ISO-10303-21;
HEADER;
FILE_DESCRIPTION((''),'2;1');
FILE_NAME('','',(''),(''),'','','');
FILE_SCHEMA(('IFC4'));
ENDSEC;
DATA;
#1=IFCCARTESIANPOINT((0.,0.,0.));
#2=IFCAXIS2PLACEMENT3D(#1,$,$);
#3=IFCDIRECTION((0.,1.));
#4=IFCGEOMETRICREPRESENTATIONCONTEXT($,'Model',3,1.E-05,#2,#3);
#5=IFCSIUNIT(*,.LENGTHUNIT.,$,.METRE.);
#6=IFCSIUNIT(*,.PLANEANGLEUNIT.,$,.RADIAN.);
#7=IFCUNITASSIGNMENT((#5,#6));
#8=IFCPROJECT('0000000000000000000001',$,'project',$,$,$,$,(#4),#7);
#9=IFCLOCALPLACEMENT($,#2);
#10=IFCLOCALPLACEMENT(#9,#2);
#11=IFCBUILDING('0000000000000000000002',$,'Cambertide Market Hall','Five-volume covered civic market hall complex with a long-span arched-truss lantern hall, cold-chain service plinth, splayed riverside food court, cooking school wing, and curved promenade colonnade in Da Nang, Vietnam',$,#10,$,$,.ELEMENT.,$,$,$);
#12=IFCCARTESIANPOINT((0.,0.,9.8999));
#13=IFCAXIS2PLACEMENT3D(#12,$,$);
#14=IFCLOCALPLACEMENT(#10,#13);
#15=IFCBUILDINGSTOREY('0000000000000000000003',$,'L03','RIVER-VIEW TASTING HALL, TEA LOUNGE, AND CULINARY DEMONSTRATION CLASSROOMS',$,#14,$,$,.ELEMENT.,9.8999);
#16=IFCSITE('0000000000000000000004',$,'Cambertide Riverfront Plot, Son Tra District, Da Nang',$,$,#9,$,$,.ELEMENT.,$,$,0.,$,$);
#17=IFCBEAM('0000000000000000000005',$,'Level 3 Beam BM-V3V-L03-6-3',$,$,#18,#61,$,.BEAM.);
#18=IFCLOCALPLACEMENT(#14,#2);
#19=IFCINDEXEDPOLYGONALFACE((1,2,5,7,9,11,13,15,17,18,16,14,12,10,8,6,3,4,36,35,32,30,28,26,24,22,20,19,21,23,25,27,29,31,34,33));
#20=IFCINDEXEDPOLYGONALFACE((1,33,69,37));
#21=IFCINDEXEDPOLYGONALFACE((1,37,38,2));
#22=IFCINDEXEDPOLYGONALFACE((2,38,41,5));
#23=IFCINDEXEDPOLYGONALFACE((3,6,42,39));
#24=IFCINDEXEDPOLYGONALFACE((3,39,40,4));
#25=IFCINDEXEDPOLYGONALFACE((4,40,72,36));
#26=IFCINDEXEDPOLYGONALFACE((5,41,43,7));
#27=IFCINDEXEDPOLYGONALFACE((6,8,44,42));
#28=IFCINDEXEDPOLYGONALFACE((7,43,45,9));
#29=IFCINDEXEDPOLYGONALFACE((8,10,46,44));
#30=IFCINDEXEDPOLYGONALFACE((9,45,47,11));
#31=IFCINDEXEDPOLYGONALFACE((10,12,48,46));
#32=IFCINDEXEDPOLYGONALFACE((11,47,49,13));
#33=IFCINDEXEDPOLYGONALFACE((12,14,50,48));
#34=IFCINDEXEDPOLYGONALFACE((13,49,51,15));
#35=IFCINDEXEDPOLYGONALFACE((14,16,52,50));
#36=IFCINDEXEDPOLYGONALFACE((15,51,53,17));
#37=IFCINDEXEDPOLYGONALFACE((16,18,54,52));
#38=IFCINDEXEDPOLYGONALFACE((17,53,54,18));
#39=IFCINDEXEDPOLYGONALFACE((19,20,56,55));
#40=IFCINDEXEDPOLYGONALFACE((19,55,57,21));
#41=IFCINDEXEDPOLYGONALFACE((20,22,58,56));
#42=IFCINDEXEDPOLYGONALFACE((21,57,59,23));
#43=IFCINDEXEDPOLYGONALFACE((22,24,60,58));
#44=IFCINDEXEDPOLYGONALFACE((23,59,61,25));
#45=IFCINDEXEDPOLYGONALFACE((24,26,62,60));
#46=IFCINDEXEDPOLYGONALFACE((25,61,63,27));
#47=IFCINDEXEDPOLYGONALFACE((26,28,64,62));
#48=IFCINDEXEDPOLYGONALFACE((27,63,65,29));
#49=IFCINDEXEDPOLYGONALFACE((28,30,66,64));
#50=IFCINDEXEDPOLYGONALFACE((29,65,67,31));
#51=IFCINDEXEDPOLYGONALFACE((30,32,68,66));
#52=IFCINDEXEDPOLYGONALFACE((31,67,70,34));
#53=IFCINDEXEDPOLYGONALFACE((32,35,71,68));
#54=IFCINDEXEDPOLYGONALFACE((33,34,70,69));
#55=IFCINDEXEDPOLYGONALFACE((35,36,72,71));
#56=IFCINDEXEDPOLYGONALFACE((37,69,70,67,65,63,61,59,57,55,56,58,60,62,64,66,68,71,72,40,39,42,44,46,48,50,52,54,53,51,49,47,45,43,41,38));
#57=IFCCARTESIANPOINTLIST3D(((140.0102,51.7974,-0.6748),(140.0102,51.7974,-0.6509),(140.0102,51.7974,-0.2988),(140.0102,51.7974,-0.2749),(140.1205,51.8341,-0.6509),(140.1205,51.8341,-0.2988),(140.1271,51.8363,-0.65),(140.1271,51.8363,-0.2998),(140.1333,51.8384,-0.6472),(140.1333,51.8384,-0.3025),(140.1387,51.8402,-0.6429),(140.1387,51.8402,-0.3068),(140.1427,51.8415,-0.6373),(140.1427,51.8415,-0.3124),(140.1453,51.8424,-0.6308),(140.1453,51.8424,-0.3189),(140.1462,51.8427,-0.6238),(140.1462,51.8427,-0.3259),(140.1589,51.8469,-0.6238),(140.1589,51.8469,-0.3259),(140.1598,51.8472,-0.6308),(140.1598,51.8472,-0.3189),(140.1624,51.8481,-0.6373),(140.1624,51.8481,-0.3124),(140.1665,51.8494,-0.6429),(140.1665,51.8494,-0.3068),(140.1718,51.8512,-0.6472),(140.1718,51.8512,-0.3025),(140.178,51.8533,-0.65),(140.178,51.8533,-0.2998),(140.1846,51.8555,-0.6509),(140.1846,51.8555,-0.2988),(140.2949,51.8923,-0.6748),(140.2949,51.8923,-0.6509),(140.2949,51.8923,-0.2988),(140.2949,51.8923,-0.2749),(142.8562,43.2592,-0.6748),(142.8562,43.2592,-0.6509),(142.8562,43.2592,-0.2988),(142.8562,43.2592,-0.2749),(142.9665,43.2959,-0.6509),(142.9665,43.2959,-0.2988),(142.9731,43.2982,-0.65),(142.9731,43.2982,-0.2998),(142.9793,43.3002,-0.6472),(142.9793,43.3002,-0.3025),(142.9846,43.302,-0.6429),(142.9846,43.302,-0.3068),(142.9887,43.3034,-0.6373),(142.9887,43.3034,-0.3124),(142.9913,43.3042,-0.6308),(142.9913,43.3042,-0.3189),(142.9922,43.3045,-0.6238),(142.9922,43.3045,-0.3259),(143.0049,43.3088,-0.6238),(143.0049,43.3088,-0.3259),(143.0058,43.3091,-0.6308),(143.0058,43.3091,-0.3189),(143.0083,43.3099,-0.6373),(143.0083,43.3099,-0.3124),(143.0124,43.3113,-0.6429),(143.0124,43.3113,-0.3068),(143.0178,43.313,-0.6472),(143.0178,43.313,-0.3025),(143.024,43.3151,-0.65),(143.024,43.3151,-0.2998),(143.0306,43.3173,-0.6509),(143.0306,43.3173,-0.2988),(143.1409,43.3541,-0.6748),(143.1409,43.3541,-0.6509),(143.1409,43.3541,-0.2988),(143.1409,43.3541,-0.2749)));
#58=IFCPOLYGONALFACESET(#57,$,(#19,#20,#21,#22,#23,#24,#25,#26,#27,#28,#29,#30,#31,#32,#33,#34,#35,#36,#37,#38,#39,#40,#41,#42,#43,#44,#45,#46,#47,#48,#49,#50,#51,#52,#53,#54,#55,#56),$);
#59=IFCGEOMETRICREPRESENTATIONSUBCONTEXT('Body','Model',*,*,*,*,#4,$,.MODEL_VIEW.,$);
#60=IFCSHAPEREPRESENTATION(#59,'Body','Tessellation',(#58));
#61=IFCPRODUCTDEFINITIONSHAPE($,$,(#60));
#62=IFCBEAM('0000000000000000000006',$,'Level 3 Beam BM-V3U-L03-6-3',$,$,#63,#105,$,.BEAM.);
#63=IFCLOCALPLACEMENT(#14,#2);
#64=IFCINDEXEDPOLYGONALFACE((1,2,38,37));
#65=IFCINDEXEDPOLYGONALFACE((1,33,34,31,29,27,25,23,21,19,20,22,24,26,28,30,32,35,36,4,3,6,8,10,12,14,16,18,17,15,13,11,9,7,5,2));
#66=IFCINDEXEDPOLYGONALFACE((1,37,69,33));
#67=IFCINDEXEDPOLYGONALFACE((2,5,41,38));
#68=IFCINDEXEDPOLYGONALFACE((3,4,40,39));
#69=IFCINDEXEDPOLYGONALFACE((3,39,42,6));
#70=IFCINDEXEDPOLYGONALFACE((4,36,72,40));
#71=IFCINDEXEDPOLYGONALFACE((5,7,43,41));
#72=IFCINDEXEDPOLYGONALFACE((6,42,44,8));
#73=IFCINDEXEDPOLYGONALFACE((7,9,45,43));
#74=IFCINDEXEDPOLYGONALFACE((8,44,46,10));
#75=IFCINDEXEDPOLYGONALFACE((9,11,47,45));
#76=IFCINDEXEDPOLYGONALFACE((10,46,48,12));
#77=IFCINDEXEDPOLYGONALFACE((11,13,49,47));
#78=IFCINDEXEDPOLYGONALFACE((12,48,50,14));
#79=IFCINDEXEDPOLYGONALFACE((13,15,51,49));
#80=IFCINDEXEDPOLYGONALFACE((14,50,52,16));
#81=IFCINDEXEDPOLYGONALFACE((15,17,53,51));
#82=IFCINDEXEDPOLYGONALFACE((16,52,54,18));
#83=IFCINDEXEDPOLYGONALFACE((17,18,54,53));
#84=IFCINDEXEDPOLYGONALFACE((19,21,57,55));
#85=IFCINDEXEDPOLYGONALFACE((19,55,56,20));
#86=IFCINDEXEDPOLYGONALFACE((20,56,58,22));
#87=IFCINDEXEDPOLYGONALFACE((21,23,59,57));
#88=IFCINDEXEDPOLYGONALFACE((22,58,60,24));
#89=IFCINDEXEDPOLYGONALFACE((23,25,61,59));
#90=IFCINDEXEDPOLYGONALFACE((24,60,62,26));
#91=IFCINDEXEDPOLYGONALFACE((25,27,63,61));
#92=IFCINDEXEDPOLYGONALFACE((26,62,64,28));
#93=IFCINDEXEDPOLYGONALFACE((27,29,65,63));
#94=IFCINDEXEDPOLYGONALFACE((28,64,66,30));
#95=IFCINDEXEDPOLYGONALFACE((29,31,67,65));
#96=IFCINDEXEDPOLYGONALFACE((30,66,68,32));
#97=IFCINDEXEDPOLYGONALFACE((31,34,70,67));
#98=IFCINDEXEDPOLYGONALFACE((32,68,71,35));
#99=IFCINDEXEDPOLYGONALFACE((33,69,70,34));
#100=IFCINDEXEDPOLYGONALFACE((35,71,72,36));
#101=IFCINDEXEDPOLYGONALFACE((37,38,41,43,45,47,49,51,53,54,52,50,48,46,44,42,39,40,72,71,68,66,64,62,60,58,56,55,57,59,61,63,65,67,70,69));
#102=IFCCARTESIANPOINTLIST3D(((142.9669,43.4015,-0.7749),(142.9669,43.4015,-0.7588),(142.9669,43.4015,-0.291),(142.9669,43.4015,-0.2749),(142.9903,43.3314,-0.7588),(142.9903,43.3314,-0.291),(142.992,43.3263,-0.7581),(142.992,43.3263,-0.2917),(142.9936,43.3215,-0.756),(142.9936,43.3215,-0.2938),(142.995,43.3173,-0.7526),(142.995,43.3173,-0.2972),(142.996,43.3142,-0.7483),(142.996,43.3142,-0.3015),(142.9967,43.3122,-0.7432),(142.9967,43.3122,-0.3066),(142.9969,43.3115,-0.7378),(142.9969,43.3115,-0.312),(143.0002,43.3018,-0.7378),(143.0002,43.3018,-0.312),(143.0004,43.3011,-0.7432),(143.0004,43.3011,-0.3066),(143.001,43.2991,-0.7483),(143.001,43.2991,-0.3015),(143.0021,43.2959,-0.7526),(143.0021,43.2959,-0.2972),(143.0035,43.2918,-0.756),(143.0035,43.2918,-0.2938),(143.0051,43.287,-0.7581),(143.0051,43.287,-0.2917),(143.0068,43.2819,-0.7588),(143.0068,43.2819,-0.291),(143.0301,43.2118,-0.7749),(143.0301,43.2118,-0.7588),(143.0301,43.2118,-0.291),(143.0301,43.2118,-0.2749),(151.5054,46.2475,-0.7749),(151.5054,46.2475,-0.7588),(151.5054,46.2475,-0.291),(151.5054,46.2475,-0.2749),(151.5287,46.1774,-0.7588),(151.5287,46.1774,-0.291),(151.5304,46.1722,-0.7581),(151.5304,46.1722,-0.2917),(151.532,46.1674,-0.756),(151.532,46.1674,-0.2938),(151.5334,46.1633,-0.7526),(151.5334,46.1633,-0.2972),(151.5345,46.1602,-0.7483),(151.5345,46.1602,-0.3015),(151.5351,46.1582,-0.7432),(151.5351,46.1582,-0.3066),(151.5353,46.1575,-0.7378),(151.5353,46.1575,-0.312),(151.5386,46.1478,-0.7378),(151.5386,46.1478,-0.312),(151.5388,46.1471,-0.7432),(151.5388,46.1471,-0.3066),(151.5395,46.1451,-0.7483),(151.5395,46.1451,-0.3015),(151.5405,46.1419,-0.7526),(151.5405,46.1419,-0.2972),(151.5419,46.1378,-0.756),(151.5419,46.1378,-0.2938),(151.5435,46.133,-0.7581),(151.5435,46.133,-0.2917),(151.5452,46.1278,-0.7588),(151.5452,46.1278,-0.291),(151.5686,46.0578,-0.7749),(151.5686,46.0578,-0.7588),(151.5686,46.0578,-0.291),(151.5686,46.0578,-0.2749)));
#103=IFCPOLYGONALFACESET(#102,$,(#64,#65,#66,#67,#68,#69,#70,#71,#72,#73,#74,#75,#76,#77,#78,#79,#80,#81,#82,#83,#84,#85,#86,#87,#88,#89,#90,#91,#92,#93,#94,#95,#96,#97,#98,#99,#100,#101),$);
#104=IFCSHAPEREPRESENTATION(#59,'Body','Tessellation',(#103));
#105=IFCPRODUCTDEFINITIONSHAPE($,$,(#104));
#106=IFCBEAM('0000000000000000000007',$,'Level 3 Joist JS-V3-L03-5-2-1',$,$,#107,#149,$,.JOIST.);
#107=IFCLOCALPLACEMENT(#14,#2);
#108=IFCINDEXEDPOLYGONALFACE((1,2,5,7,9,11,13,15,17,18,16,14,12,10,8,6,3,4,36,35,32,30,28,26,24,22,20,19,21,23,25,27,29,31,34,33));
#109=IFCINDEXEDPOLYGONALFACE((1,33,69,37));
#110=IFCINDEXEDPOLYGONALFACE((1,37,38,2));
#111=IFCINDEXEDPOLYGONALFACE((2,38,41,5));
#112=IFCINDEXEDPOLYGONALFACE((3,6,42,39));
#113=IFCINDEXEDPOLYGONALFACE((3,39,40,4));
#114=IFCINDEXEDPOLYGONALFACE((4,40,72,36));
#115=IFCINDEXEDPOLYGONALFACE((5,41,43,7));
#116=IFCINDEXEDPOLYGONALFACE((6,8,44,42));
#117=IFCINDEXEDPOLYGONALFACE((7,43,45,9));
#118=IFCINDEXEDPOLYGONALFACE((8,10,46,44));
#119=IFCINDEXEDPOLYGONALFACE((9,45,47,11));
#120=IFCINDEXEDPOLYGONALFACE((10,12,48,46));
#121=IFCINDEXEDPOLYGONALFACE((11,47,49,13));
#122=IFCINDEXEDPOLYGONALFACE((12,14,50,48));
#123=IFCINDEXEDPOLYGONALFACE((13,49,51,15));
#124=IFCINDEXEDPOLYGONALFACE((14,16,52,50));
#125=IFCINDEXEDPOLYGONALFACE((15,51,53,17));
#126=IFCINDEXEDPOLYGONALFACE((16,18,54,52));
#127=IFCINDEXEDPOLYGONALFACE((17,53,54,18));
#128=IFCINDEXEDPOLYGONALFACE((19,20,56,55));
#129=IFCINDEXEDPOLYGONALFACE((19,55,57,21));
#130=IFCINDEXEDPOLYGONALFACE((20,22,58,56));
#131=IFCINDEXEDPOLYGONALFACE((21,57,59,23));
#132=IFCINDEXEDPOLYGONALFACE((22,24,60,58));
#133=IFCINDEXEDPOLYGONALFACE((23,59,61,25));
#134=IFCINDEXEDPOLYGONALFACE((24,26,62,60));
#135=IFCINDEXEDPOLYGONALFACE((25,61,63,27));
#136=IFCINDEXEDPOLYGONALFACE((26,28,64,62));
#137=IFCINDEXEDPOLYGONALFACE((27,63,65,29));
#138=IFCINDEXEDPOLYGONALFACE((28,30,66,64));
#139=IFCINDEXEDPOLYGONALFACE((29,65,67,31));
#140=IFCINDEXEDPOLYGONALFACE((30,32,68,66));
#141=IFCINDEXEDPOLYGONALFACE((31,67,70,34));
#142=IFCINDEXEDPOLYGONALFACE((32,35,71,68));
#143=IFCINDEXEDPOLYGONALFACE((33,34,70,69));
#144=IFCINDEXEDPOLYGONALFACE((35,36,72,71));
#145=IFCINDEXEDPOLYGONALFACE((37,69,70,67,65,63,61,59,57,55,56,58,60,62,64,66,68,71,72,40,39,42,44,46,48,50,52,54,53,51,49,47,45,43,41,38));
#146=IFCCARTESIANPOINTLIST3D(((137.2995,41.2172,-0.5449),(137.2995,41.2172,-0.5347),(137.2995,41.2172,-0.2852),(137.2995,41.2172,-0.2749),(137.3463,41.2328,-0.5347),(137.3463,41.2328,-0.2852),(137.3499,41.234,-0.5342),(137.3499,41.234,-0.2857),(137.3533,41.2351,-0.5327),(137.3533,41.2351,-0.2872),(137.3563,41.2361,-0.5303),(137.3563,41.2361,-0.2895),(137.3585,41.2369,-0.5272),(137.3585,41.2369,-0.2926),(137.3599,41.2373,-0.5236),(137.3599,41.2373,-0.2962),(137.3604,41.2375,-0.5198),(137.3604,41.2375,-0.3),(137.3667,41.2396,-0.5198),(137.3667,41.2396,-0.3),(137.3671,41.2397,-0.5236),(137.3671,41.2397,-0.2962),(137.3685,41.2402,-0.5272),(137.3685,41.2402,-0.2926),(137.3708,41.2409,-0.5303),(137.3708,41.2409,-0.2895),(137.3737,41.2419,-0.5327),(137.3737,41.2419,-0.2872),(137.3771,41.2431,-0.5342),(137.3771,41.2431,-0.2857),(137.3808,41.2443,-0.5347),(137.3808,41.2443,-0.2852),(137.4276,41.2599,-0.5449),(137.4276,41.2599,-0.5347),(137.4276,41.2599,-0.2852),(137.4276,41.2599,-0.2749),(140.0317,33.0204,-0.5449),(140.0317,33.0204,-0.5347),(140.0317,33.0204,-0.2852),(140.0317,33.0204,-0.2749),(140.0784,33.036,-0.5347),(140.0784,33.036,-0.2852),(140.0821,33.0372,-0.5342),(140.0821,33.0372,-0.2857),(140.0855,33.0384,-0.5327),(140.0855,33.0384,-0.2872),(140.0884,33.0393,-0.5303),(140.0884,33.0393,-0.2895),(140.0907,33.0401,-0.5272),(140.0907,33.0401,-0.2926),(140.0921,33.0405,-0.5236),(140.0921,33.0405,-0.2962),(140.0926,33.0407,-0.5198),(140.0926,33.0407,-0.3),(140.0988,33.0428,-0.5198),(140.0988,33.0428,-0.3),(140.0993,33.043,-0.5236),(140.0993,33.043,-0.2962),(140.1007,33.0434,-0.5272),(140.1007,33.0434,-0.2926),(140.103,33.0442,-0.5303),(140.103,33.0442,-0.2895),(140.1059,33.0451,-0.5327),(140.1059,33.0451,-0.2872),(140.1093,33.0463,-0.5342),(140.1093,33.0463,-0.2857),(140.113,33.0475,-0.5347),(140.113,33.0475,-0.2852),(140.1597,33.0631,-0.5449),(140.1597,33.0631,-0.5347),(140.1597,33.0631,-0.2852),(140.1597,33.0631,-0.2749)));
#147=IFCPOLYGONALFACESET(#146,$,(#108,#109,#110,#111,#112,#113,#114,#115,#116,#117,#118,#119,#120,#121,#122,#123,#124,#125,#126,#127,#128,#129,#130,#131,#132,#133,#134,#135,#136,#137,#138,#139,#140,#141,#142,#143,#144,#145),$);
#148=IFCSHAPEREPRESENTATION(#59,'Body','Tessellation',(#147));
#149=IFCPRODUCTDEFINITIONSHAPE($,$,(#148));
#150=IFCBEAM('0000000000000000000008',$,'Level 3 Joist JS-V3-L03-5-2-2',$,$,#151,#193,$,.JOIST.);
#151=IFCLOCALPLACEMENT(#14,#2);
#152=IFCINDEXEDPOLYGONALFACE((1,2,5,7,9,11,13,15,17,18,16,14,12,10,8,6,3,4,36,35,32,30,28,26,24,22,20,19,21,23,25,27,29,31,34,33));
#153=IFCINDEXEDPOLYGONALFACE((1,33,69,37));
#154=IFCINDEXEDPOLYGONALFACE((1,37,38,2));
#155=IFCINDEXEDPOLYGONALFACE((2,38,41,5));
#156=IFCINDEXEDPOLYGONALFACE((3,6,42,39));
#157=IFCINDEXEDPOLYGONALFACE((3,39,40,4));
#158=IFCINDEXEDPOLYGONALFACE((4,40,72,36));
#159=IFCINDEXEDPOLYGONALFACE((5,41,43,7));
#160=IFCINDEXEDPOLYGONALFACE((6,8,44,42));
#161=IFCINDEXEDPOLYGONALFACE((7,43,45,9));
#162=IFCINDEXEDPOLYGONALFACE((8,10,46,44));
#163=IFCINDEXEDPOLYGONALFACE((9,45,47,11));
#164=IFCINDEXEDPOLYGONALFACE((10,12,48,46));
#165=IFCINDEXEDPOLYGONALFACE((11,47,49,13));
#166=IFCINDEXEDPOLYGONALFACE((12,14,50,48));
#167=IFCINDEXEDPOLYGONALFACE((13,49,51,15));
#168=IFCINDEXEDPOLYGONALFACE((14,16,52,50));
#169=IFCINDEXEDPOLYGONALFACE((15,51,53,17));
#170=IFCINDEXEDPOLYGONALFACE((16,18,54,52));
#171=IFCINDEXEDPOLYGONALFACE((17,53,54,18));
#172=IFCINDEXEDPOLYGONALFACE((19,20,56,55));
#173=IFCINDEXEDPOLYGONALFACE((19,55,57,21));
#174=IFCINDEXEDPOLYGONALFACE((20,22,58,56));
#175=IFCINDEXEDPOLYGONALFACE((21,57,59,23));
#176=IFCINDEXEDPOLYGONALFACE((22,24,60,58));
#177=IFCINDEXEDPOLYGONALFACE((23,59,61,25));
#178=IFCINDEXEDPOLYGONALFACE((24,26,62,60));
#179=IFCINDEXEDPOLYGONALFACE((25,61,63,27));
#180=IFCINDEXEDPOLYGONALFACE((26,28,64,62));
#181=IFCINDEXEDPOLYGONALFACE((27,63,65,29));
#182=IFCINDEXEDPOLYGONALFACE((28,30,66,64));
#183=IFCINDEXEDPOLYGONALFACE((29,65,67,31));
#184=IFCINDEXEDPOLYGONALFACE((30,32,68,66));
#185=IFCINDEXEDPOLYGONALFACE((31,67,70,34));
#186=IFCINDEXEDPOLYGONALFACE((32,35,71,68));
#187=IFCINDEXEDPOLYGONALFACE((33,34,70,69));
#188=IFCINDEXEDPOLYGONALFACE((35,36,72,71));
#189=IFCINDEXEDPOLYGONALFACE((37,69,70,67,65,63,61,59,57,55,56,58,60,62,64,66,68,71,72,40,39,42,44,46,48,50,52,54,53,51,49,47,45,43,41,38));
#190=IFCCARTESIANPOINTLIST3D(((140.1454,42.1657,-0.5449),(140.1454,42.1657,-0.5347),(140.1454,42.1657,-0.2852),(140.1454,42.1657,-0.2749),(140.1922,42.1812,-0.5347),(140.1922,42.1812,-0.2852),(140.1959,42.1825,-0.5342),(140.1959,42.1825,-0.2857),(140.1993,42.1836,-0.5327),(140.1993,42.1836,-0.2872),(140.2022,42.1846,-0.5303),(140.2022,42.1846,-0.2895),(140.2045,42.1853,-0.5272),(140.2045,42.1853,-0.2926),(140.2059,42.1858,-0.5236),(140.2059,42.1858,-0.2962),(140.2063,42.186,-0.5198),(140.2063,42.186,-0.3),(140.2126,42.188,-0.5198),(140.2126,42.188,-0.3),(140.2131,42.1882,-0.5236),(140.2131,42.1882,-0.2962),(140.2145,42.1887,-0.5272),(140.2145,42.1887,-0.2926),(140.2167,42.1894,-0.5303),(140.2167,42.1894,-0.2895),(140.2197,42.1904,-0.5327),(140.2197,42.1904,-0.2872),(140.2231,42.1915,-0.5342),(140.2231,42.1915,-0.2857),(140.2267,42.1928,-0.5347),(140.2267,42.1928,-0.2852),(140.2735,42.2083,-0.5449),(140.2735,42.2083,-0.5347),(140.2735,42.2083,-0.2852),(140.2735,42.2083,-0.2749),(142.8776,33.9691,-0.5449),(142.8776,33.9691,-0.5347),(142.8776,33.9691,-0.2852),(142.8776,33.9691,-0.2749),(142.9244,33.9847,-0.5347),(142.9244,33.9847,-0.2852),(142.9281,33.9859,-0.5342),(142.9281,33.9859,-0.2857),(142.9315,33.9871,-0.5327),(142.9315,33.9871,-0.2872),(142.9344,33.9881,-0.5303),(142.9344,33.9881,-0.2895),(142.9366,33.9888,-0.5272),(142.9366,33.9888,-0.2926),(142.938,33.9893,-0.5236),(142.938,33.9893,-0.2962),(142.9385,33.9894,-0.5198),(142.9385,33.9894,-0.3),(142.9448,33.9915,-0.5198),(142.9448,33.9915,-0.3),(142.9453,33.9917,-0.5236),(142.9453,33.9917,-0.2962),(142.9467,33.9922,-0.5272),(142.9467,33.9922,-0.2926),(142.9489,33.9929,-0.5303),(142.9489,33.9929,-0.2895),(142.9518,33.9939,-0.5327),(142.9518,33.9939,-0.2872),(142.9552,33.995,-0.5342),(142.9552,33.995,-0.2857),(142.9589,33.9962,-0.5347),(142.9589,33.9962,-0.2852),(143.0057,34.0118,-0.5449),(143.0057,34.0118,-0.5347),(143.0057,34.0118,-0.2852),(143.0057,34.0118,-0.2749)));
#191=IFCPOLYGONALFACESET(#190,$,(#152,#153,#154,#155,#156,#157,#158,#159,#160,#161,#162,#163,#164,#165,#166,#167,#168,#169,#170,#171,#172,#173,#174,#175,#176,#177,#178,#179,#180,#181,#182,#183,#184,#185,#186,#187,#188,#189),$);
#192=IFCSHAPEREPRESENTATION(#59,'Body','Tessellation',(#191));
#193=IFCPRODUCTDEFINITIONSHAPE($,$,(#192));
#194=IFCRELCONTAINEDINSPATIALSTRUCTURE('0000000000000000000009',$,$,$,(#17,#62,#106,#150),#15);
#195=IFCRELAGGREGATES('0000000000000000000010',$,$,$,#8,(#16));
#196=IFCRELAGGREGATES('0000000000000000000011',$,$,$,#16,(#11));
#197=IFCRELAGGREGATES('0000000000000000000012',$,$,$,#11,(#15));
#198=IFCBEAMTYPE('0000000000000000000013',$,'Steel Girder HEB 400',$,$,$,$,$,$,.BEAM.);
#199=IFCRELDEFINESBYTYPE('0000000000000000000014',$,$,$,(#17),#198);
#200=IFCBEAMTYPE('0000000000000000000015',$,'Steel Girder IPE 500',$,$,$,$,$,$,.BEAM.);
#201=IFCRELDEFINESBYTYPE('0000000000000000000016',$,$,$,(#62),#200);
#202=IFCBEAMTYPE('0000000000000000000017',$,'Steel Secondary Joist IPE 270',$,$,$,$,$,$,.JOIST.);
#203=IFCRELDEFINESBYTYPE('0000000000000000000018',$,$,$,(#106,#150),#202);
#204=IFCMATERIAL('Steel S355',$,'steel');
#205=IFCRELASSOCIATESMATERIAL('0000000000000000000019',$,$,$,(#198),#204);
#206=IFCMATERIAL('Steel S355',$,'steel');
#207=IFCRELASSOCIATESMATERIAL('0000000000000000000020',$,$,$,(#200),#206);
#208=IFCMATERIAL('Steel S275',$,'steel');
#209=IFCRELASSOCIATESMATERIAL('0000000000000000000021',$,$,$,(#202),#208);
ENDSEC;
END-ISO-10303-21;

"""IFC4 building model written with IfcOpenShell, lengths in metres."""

from ifc_helpers import new_model, si_unit, direction, frame, origin, origin_2d, place, context, subcontext, project, spatial, i_section, extrude, material, material_profile, profile_set, type_object, element, save


model = new_model("IFC4")

# Units and contexts
model_context = context("Model", 3, precision=1e-05, world=origin(), true_north=direction((0.0, 1.0)))
body_context = subcontext(model_context, "Body", "Model", "MODEL_VIEW")
ifc_project = project(units=[si_unit("LENGTHUNIT", "METRE"), si_unit("PLANEANGLEUNIT", "RADIAN")], contexts=[model_context])

# Site, building, storey
site_placement = place(None, origin())
site = spatial("IfcSite", under=ifc_project, at=site_placement, Name="Cambertide Riverfront Plot, Son Tra District, Da Nang", CompositionType="ELEMENT", RefElevation=0.0)
building_placement = place(site_placement, origin())
building = spatial("IfcBuilding", under=site, at=building_placement, Name="Cambertide Market Hall", Description="Five-volume covered civic market hall complex with a long-span arched-truss lantern hall, cold-chain service plinth, splayed riverside food court, cooking school wing, and curved promenade colonnade in Da Nang, Vietnam", CompositionType="ELEMENT")
storey_placement = place(building_placement, frame((0.0, 0.0, 9.8999)))
storey = spatial("IfcBuildingStorey", under=building, at=storey_placement, Name="L03", Description="RIVER-VIEW TASTING HALL, TEA LOUNGE, AND CULINARY DEMONSTRATION CLASSROOMS", CompositionType="ELEMENT", Elevation=9.8999)

# Beams
ifc_material_1 = material(Name="Steel S355", Category="steel")
ifc_material_profile_1 = material_profile(ifc_material_1, i_section(OverallWidth=0.3, OverallDepth=0.3999, WebThickness=0.0134, FlangeThickness=0.0239, FilletRadius=0.0271, at=origin_2d()), Name="HEB 400")
ifc_profile_set_1 = profile_set([ifc_material_profile_1], Name="Steel S355")
beam_type_1 = type_object("IfcBeamType", Name="Steel Girder HEB 400", PredefinedType="BEAM", material=ifc_profile_set_1)
beam_1_placement = place(storey_placement, frame((142.9985, 43.3066, -0.4749), z_axis=(-0.31622, 0.948686, 0.0), x_axis=(-0.948686, -0.31622, 0.0)))
element("IfcBeam", 1, at=beam_1_placement, inside=storey, type_object=beam_type_1, Name="Level 3 Beam BM-V3V-L03-6-3", PredefinedType="BEAM", context=body_context, shape_type="SweptSolid", body=[
    extrude(i_section(OverallWidth=0.3, OverallDepth=0.3999, WebThickness=0.0134, FlangeThickness=0.0239, FilletRadius=0.0271, at=origin_2d()), origin(), (0.0, 0.0, 1.0), 9.0),
])
ifc_material_2 = material(Name="Steel S355", Category="steel")
ifc_material_profile_2 = material_profile(ifc_material_2, i_section(OverallWidth=0.2, OverallDepth=0.5, WebThickness=0.0103, FlangeThickness=0.0161, FilletRadius=0.021, at=origin_2d()), Name="IPE 500")
ifc_profile_set_2 = profile_set([ifc_material_profile_2], Name="Steel S355")
beam_type_2 = type_object("IfcBeamType", Name="Steel Girder IPE 500", PredefinedType="BEAM", material=ifc_profile_set_2)
beam_2_placement = place(storey_placement, frame((142.9985, 43.3066, -0.5249), z_axis=(0.948689, 0.316211, 0.0), x_axis=(-0.316211, 0.948689, 0.0)))
element("IfcBeam", 2, at=beam_2_placement, inside=storey, type_object=beam_type_2, Name="Level 3 Beam BM-V3U-L03-6-3", PredefinedType="BEAM", context=body_context, shape_type="SweptSolid", body=[
    extrude(i_section(OverallWidth=0.2, OverallDepth=0.5, WebThickness=0.0103, FlangeThickness=0.0161, FilletRadius=0.021, at=origin_2d()), origin(), (0.0, 0.0, 1.0), 9.0002),
])
ifc_material_3 = material(Name="Steel S275", Category="steel")
ifc_material_profile_3 = material_profile(ifc_material_3, i_section(OverallWidth=0.135, OverallDepth=0.27, WebThickness=0.0066, FlangeThickness=0.0103, FilletRadius=0.0149, at=origin_2d()), Name="IPE 270")
ifc_profile_set_3 = profile_set([ifc_material_profile_3], Name="Steel S275")
beam_type_3 = type_object("IfcBeamType", Name="Steel Secondary Joist IPE 270", PredefinedType="JOIST", material=ifc_profile_set_3)
beam_3_placement = place(storey_placement, frame((140.0957, 33.0417, -0.4099), z_axis=(-0.316219, 0.948686, 0.0), x_axis=(-0.948686, -0.316219, 0.0)))
element("IfcBeam", 3, at=beam_3_placement, inside=storey, type_object=beam_type_3, Name="Level 3 Joist JS-V3-L03-5-2-1", PredefinedType="JOIST", context=body_context, shape_type="SweptSolid", body=[
    extrude(i_section(OverallWidth=0.135, OverallDepth=0.27, WebThickness=0.0066, FlangeThickness=0.0103, FilletRadius=0.0149, at=origin_2d()), origin(), (0.0, 0.0, 1.0), 8.6401),
])
beam_4_placement = place(storey_placement, frame((142.9417, 33.9905, -0.4099), z_axis=(-0.316228, 0.948683, 0.0), x_axis=(-0.948683, -0.316228, 0.0)))
element("IfcBeam", 4, at=beam_4_placement, inside=storey, type_object=beam_type_3, Name="Level 3 Joist JS-V3-L03-5-2-2", PredefinedType="JOIST", context=body_context, shape_type="SweptSolid", body=[
    extrude(i_section(OverallWidth=0.135, OverallDepth=0.27, WebThickness=0.0066, FlangeThickness=0.0103, FilletRadius=0.0149, at=origin_2d()), origin(), (0.0, 0.0, 1.0), 8.6399),
])

save(model, "model.ifc")
